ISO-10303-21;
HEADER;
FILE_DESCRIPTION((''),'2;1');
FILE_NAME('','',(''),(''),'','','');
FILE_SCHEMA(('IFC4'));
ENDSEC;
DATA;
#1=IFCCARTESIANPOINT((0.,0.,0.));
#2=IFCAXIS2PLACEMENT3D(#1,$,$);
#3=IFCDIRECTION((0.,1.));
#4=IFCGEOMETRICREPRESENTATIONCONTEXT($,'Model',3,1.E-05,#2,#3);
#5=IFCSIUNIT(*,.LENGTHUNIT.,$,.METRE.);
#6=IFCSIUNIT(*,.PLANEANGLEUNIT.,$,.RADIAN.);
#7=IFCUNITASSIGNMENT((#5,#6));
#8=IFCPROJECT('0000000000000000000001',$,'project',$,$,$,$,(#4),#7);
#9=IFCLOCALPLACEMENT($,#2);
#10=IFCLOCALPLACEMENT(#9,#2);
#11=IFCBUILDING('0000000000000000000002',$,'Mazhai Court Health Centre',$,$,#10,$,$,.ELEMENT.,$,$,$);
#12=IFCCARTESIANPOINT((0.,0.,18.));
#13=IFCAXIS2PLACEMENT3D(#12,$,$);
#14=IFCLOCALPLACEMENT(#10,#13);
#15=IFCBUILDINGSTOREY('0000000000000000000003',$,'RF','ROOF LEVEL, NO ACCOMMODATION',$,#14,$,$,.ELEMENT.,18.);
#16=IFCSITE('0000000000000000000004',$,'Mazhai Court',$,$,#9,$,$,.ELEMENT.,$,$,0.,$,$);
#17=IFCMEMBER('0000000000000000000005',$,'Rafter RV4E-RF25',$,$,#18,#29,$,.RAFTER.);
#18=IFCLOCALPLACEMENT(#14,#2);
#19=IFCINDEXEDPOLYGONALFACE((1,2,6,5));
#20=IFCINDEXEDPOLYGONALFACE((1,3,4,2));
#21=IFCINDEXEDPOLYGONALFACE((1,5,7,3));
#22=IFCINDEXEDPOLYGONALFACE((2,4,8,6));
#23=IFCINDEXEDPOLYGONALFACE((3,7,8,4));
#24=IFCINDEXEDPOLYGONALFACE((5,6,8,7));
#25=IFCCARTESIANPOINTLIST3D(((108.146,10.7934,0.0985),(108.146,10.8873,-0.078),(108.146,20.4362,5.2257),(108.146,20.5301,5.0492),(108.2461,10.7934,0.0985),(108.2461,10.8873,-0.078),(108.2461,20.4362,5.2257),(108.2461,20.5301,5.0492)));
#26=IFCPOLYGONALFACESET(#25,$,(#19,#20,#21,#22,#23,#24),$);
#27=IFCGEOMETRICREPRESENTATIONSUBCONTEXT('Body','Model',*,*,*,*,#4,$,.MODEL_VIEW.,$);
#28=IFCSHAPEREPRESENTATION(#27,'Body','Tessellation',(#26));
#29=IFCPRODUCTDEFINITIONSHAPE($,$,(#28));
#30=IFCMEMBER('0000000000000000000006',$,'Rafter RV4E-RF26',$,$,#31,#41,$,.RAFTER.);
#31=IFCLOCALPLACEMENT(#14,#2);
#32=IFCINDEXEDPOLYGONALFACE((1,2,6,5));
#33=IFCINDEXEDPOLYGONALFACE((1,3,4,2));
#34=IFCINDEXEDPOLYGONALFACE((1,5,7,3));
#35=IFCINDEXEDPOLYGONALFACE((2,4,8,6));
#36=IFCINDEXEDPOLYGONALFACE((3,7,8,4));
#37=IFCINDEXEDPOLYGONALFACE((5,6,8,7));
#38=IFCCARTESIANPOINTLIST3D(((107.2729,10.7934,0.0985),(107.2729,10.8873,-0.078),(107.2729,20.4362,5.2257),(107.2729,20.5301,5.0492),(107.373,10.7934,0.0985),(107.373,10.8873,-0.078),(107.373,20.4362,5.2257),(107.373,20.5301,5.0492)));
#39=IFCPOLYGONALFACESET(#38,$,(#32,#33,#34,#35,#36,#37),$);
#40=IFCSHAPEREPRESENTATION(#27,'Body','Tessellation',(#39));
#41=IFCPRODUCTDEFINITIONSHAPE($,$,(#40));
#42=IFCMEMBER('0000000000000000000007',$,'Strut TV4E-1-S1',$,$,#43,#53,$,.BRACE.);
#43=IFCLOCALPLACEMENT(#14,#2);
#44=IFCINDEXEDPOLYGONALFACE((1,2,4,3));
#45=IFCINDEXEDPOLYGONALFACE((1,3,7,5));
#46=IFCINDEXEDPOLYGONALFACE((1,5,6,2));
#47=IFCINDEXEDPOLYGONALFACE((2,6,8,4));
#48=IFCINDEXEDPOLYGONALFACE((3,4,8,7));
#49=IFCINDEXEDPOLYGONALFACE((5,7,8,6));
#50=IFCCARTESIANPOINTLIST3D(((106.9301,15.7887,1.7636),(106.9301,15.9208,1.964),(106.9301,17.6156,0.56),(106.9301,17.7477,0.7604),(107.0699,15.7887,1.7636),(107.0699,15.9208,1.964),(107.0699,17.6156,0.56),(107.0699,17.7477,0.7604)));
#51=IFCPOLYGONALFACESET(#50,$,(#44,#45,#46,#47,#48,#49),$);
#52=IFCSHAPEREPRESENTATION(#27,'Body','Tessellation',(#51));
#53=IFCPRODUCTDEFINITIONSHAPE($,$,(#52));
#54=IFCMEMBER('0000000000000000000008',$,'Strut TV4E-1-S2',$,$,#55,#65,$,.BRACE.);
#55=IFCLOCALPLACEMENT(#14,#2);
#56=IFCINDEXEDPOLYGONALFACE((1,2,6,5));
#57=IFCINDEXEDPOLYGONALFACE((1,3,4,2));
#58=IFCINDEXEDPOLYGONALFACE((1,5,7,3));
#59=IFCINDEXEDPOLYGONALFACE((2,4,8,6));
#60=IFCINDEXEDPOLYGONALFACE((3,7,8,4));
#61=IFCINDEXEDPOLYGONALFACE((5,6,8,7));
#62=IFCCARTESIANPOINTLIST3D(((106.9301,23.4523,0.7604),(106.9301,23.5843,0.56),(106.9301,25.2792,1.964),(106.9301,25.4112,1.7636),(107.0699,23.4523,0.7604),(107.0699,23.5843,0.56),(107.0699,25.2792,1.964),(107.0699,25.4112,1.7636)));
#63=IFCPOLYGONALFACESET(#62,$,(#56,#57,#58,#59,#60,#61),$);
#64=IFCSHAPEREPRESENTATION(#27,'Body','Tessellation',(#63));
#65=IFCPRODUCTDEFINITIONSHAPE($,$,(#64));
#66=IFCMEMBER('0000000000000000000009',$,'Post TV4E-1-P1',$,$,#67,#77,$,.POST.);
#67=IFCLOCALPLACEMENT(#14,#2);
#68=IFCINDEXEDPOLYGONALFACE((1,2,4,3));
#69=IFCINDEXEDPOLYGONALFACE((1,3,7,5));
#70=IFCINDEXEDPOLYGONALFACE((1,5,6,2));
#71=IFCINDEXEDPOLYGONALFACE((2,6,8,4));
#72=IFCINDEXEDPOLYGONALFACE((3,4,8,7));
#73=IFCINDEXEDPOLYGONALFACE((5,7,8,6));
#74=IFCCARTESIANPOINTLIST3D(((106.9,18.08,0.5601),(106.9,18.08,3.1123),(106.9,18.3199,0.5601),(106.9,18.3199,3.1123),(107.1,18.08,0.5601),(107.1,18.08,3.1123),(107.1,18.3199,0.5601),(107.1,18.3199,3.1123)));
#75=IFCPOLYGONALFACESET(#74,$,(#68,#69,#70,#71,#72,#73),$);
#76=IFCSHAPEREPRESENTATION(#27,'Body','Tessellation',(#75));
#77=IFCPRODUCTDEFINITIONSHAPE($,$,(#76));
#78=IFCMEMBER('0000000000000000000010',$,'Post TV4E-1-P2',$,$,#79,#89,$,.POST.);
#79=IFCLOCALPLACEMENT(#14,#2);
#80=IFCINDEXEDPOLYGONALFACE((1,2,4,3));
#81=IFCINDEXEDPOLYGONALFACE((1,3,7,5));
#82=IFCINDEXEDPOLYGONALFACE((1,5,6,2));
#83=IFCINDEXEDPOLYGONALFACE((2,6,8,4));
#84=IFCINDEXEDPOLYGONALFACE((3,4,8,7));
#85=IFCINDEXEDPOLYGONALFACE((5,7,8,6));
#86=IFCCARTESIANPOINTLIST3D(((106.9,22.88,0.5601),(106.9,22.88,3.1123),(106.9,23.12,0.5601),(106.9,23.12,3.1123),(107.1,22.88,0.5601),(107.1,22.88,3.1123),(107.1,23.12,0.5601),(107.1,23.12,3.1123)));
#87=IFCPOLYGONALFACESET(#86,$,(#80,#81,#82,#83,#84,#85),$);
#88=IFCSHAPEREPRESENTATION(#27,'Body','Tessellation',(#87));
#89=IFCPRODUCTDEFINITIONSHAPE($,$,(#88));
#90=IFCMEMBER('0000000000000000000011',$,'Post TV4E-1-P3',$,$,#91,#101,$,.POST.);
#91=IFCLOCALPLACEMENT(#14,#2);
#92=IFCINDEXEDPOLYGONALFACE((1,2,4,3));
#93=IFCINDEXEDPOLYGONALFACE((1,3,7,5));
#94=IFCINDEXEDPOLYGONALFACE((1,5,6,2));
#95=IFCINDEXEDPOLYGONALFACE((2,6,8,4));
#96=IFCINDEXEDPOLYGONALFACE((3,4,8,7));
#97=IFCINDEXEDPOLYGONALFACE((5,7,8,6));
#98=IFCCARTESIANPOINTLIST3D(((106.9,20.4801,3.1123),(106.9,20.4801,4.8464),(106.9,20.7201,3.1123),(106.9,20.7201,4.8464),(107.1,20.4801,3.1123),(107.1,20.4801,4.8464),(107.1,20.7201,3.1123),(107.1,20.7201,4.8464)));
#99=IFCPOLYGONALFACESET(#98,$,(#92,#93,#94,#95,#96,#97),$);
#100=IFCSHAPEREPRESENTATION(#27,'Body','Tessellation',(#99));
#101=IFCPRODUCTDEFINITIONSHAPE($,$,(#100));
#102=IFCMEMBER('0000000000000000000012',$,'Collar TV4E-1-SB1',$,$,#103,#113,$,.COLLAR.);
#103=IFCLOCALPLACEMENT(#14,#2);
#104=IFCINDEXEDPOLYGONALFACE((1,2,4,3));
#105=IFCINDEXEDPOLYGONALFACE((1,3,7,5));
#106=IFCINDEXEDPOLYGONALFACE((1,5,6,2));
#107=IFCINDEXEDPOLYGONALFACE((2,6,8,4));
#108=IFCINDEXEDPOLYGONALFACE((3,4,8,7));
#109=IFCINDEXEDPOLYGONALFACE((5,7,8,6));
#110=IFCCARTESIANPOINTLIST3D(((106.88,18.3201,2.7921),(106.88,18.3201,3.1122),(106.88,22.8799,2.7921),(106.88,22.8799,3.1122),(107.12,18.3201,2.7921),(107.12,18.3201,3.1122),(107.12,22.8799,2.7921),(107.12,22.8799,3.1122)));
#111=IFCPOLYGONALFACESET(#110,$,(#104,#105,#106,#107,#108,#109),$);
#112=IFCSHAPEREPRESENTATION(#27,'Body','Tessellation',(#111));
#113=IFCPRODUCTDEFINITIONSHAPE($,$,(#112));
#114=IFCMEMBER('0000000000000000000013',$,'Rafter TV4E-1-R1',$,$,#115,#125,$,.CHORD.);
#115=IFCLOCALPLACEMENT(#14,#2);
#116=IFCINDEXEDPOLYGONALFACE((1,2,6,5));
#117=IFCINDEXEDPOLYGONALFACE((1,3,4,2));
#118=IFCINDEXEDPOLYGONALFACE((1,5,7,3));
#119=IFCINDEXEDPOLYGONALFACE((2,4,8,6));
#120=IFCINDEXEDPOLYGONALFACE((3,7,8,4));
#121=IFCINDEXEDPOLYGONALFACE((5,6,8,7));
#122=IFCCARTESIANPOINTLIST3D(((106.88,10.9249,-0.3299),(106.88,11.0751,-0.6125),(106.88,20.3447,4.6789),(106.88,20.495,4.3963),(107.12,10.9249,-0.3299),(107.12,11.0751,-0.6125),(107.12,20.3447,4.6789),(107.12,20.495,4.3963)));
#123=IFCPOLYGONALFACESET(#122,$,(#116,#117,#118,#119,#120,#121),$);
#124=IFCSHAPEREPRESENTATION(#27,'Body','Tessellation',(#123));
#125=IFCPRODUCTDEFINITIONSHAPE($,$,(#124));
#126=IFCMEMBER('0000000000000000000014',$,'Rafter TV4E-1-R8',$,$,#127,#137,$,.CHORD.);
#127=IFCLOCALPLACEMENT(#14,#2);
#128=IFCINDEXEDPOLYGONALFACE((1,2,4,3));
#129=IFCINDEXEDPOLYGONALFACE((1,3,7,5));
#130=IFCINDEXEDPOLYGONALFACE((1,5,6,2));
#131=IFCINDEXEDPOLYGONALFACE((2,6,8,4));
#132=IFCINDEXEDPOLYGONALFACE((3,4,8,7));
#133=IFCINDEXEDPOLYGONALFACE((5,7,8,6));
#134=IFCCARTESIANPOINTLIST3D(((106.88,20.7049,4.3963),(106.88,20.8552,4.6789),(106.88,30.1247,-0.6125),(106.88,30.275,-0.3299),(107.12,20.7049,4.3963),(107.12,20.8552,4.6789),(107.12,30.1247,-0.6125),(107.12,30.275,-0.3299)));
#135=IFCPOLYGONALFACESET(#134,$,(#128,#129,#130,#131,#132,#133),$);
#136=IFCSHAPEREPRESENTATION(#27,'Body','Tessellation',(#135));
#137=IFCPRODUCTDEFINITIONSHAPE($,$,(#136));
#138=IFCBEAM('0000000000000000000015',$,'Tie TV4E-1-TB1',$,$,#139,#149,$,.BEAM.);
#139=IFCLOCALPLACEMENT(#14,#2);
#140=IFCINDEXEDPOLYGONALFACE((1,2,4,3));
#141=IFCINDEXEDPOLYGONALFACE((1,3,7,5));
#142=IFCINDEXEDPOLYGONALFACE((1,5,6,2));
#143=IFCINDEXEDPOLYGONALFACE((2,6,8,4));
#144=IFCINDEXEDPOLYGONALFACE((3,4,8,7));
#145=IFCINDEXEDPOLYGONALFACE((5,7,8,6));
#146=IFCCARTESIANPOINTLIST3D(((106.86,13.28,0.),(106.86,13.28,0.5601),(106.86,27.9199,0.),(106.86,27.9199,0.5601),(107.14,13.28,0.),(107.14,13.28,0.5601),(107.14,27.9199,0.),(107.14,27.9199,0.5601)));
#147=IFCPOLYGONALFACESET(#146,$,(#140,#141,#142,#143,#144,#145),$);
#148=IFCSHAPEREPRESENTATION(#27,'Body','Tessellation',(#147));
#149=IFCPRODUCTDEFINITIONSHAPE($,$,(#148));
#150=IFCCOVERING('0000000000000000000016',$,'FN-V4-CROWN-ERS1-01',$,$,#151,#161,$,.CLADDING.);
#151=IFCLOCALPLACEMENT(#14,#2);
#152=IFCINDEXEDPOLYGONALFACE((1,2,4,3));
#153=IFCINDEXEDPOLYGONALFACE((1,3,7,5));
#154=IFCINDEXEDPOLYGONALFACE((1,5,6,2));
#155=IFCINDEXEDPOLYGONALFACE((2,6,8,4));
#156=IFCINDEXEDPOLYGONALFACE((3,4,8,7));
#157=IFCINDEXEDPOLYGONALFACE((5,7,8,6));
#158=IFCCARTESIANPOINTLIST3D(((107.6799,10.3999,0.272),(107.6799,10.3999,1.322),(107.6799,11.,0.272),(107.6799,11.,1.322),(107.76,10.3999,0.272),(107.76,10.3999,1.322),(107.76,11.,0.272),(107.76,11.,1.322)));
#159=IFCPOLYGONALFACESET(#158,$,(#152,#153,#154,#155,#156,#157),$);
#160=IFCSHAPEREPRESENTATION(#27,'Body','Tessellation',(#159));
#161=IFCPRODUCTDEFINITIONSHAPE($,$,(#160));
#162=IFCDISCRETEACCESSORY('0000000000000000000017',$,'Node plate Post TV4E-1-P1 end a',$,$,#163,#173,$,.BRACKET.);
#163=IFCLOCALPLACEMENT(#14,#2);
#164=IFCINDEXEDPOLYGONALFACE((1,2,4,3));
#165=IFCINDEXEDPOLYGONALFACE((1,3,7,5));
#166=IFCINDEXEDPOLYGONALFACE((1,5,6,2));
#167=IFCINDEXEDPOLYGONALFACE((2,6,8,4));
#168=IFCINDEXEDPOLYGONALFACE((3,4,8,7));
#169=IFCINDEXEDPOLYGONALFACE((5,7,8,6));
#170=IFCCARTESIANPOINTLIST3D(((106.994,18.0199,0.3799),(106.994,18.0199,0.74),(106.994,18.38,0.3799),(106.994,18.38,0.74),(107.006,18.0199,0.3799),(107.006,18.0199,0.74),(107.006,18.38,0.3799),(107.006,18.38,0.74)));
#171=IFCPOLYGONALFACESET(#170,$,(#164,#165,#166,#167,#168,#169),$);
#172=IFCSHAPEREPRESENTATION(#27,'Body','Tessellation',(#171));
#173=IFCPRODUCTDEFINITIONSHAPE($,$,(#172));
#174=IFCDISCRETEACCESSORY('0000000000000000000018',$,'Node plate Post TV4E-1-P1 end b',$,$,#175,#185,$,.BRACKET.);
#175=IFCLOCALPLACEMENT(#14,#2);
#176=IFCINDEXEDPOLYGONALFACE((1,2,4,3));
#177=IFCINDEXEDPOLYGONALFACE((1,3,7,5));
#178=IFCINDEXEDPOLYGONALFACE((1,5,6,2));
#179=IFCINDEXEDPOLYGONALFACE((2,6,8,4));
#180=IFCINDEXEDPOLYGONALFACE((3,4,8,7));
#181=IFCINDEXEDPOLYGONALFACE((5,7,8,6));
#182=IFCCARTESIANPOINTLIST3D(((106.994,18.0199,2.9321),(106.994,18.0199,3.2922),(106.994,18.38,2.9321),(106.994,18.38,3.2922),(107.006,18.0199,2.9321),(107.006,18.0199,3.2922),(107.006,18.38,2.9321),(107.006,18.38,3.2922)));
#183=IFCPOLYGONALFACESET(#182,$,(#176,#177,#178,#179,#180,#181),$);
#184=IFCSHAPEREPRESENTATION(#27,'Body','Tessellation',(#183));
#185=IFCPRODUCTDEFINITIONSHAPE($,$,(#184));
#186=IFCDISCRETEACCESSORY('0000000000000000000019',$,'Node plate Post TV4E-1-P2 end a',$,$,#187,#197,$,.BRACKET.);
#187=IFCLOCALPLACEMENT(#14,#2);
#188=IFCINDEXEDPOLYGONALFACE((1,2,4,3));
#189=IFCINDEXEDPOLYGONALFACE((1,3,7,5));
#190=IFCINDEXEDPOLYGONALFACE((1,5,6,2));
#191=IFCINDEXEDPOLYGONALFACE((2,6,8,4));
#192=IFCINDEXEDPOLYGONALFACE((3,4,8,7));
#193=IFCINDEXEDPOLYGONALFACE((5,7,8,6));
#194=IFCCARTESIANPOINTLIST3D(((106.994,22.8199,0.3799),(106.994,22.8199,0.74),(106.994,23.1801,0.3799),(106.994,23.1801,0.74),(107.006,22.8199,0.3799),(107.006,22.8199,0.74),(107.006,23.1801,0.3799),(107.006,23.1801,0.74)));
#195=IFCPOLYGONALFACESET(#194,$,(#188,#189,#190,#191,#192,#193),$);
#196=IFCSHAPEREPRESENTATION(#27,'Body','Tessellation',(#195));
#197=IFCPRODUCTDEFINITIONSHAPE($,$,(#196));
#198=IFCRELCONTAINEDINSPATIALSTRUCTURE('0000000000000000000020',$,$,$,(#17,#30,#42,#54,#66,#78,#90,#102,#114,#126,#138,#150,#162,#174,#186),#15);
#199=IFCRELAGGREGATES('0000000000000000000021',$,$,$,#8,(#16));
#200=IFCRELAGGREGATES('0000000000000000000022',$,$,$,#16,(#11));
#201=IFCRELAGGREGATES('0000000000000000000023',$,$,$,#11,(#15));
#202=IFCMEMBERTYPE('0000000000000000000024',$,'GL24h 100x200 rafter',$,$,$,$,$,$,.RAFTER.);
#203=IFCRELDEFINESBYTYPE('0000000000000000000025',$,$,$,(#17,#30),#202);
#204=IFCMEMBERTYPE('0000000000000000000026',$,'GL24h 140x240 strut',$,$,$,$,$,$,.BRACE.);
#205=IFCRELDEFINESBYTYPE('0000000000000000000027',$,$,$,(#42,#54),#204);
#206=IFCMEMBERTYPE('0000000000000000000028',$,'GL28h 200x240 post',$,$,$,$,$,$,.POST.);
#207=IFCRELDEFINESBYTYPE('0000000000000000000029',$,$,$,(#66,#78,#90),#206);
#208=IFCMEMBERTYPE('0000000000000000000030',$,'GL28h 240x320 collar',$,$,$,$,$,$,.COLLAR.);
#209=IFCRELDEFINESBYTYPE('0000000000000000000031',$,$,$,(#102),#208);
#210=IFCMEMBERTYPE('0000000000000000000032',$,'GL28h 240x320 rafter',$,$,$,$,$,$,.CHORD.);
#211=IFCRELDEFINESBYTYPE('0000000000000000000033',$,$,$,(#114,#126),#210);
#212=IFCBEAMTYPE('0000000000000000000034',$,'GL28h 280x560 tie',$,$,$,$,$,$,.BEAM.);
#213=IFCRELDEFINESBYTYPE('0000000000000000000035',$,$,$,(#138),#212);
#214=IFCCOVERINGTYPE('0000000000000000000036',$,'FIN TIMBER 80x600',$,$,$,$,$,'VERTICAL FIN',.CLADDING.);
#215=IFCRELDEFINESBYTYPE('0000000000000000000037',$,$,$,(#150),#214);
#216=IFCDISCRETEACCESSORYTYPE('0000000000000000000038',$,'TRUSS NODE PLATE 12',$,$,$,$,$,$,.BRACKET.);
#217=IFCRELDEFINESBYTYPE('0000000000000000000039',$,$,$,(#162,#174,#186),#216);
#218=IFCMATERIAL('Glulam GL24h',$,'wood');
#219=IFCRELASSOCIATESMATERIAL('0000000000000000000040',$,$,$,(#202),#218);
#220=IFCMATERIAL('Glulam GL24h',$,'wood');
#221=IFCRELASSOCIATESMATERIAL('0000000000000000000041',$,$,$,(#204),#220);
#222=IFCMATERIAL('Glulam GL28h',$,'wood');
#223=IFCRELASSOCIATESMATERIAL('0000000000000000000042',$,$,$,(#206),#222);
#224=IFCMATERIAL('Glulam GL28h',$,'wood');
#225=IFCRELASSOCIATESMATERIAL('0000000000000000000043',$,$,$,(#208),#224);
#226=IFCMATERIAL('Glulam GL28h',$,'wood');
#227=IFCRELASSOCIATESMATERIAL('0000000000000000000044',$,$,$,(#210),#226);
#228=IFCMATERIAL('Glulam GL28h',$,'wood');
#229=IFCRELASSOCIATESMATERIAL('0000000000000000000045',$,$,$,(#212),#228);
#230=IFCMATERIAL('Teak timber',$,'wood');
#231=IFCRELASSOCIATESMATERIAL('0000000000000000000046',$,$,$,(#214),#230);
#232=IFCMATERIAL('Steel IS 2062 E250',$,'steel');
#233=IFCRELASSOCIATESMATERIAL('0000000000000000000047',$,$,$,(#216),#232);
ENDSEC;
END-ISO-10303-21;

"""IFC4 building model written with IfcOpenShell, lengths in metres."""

from ifc_helpers import new_model, si_unit, direction, frame, origin, origin_2d, place, context, subcontext, project, spatial, rectangle, extrude, material, material_profile, profile_set, type_object, element, save


model = new_model("IFC4")

# Units and contexts
model_context = context("Model", 3, precision=1e-05, world=origin(), true_north=direction((0.0, 1.0)))
body_context = subcontext(model_context, "Body", "Model", "MODEL_VIEW")
ifc_project = project(units=[si_unit("LENGTHUNIT", "METRE"), si_unit("PLANEANGLEUNIT", "RADIAN")], contexts=[model_context])

# Site, building, storey
site_placement = place(None, origin())
site = spatial("IfcSite", under=ifc_project, at=site_placement, Name="Mazhai Court", CompositionType="ELEMENT", RefElevation=0.0)
building_placement = place(site_placement, origin())
building = spatial("IfcBuilding", under=site, at=building_placement, Name="Mazhai Court Health Centre", CompositionType="ELEMENT")
storey_placement = place(building_placement, frame((0.0, 0.0, 18.0)))
storey = spatial("IfcBuildingStorey", under=building, at=storey_placement, Name="RF", Description="ROOF LEVEL, NO ACCOMMODATION", CompositionType="ELEMENT", Elevation=18.0)

# Members
ifc_material_1 = material(Name="Glulam GL24h", Category="wood")
ifc_material_profile_1 = material_profile(ifc_material_1, rectangle(XDim=0.1001, YDim=0.2, at=origin_2d()), Name="GL24h 100x200")
ifc_profile_set_1 = profile_set([ifc_material_profile_1], Name="Glulam GL24h")
member_type_1 = type_object("IfcMemberType", Name="GL24h 100x200 rafter", PredefinedType="RAFTER", material=ifc_profile_set_1)
for number, where, z_axis, x_axis, name in (
    (1, (108.196, 10.8403, 0.0103), (0.0, 0.882947, 0.469473), (-1.0, 0.0, 0.0), "Rafter RV4E-RF25"),
    (2, (107.323, 10.8403, 0.0103), (0.0, 0.882947, 0.469473), (-1.0, 0.0, 0.0), "Rafter RV4E-RF26"),
):
    element("IfcMember", number, at=place(storey_placement, frame(where, z_axis=z_axis, x_axis=x_axis)), inside=storey, type_object=member_type_1, Name=name, PredefinedType="RAFTER", context=body_context, shape_type="SweptSolid", body=[
        extrude(rectangle(XDim=0.1001, YDim=0.2, at=origin_2d()), origin(), (0.0, 0.0, 1.0), 10.9211),
    ])
ifc_material_2 = material(Name="Glulam GL24h", Category="wood")
ifc_material_profile_2 = material_profile(ifc_material_2, rectangle(XDim=0.1399, YDim=0.24, at=origin_2d()), Name="GL24h 140x240")
ifc_profile_set_2 = profile_set([ifc_material_profile_2], Name="Glulam GL24h")
member_type_2 = type_object("IfcMemberType", Name="GL24h 140x240 strut", PredefinedType="BRACE", material=ifc_profile_set_2)
for number, where, z_axis, x_axis, name in (
    (3, (107.0, 17.6816, 0.6602), (0.0, -0.83506, 0.55016), (1.0, 0.0, 0.0), "Strut TV4E-1-S1"),
    (4, (107.0, 23.5183, 0.6602), (0.0, 0.83506, 0.55016), (-1.0, 0.0, 0.0), "Strut TV4E-1-S2"),
):
    element("IfcMember", number, at=place(storey_placement, frame(where, z_axis=z_axis, x_axis=x_axis)), inside=storey, type_object=member_type_2, Name=name, PredefinedType="BRACE", context=body_context, shape_type="SweptSolid", body=[
        extrude(rectangle(XDim=0.1399, YDim=0.24, at=origin_2d()), origin(), (0.0, 0.0, 1.0), 2.1877),
    ])
ifc_material_3 = material(Name="Glulam GL28h", Category="wood")
ifc_material_profile_3 = material_profile(ifc_material_3, rectangle(XDim=0.2, YDim=0.24, at=origin_2d()), Name="GL28h 200x240")
ifc_profile_set_3 = profile_set([ifc_material_profile_3], Name="Glulam GL28h")
member_type_3 = type_object("IfcMemberType", Name="GL28h 200x240 post", PredefinedType="POST", material=ifc_profile_set_3)
for number, where, z_axis, x_axis, name in (
    (5, (107.0, 18.2, 0.5601), (0.0, 0.0, 1.0), (1.0, 0.0, 0.0), "Post TV4E-1-P1"),
    (6, (107.0, 23.0, 0.5601), (0.0, 0.0, 1.0), (1.0, 0.0, 0.0), "Post TV4E-1-P2"),
):
    element("IfcMember", number, at=place(storey_placement, frame(where, z_axis=z_axis, x_axis=x_axis)), inside=storey, type_object=member_type_3, Name=name, PredefinedType="POST", context=body_context, shape_type="SweptSolid", body=[
        extrude(rectangle(XDim=0.2, YDim=0.24, at=origin_2d()), origin(), (0.0, 0.0, 1.0), 2.5522),
    ])
member_1_placement = place(storey_placement, frame((107.0, 20.6001, 3.1123), z_axis=(0.0, 0.0, 1.0), x_axis=(1.0, 0.0, 0.0)))
element("IfcMember", 7, at=member_1_placement, inside=storey, type_object=member_type_3, Name="Post TV4E-1-P3", PredefinedType="POST", context=body_context, shape_type="SweptSolid", body=[
    extrude(rectangle(XDim=0.2, YDim=0.24, at=origin_2d()), origin(), (0.0, 0.0, 1.0), 1.7341),
])
ifc_material_4 = material(Name="Glulam GL28h", Category="wood")
ifc_material_profile_4 = material_profile(ifc_material_4, rectangle(XDim=0.24, YDim=0.3201, at=origin_2d()), Name="GL28h 240x320")
ifc_profile_set_4 = profile_set([ifc_material_profile_4], Name="Glulam GL28h")
member_type_4 = type_object("IfcMemberType", Name="GL28h 240x320 collar", PredefinedType="COLLAR", material=ifc_profile_set_4)
member_2_placement = place(storey_placement, frame((107.0, 18.3201, 2.9521), z_axis=(0.0, 1.0, 0.0), x_axis=(-1.0, 0.0, 0.0)))
element("IfcMember", 8, at=member_2_placement, inside=storey, type_object=member_type_4, Name="Collar TV4E-1-SB1", PredefinedType="COLLAR", context=body_context, shape_type="SweptSolid", body=[
    extrude(rectangle(XDim=0.24, YDim=0.3201, at=origin_2d()), origin(), (0.0, 0.0, 1.0), 4.5598),
])
ifc_material_5 = material(Name="Glulam GL28h", Category="wood")
ifc_material_profile_5 = material_profile(ifc_material_5, rectangle(XDim=0.24, YDim=0.3201, at=origin_2d()), Name="GL28h 240x320")
ifc_profile_set_5 = profile_set([ifc_material_profile_5], Name="Glulam GL28h")
member_type_5 = type_object("IfcMemberType", Name="GL28h 240x320 rafter", PredefinedType="CHORD", material=ifc_profile_set_5)
for number, where, z_axis, x_axis, name in (
    (9, (107.0, 11.0, -0.4712), (0.0, 0.882943, 0.469481), (-1.0, 0.0, 0.0), "Rafter TV4E-1-R1"),
    (10, (107.0, 20.78, 4.5376), (0.0, 0.882943, -0.469481), (-1.0, 0.0, 0.0), "Rafter TV4E-1-R8"),
):
    element("IfcMember", number, at=place(storey_placement, frame(where, z_axis=z_axis, x_axis=x_axis)), inside=storey, type_object=member_type_5, Name=name, PredefinedType="CHORD", context=body_context, shape_type="SweptSolid", body=[
        extrude(rectangle(XDim=0.24, YDim=0.3201, at=origin_2d()), origin(), (0.0, 0.0, 1.0), 10.6687),
    ])

# Beam
ifc_material_6 = material(Name="Glulam GL28h", Category="wood")
ifc_material_profile_6 = material_profile(ifc_material_6, rectangle(XDim=0.28, YDim=0.5601, at=origin_2d()), Name="GL28h 280x560")
ifc_profile_set_6 = profile_set([ifc_material_profile_6], Name="Glulam GL28h")
beam_type = type_object("IfcBeamType", Name="GL28h 280x560 tie", PredefinedType="BEAM", material=ifc_profile_set_6)
beam_placement = place(storey_placement, frame((107.0, 13.28, 0.28), z_axis=(0.0, 1.0, 0.0), x_axis=(-1.0, 0.0, 0.0)))
element("IfcBeam", 11, at=beam_placement, inside=storey, type_object=beam_type, Name="Tie TV4E-1-TB1", PredefinedType="BEAM", context=body_context, shape_type="SweptSolid", body=[
    extrude(rectangle(XDim=0.28, YDim=0.5601, at=origin_2d()), origin(), (0.0, 0.0, 1.0), 14.6399),
])

# Covering
ifc_material_7 = material(Name="Teak timber", Category="wood")
covering_type = type_object("IfcCoveringType", Name="FIN TIMBER 80x600", ElementType="VERTICAL FIN", PredefinedType="CLADDING", material=ifc_material_7)
covering_placement = place(storey_placement, frame((107.72, 10.7, 0.272), z_axis=(0.0, 0.0, 1.0), x_axis=(1.0, 0.0, 0.0)))
element("IfcCovering", 12, at=covering_placement, inside=storey, type_object=covering_type, Name="FN-V4-CROWN-ERS1-01", PredefinedType="CLADDING", context=body_context, shape_type="SweptSolid", body=[
    extrude(rectangle(XDim=0.0801, YDim=0.6001, at=origin_2d()), origin(), (0.0, 0.0, 1.0), 1.05),
])

# Discrete accessories
ifc_material_8 = material(Name="Steel IS 2062 E250", Category="steel")
discrete_accessory_type = type_object("IfcDiscreteAccessoryType", Name="TRUSS NODE PLATE 12", PredefinedType="BRACKET", material=ifc_material_8)
for number, where, z_axis, x_axis, name in (
    (13, (107.0, 18.2, 0.3799), (0.0, 0.0, 1.0), (1.0, 0.0, 0.0), "Node plate Post TV4E-1-P1 end a"),
    (14, (107.0, 18.2, 2.9321), (0.0, 0.0, 1.0), (1.0, 0.0, 0.0), "Node plate Post TV4E-1-P1 end b"),
    (15, (107.0, 23.0, 0.3799), (0.0, 0.0, 1.0), (1.0, 0.0, 0.0), "Node plate Post TV4E-1-P2 end a"),
):
    element("IfcDiscreteAccessory", number, at=place(storey_placement, frame(where, z_axis=z_axis, x_axis=x_axis)), inside=storey, type_object=discrete_accessory_type, Name=name, PredefinedType="BRACKET", context=body_context, shape_type="SweptSolid", body=[
        extrude(rectangle(XDim=0.012, YDim=0.3601, at=origin_2d()), origin(), (0.0, 0.0, 1.0), 0.3601),
    ])

save(model, "model.ifc")
